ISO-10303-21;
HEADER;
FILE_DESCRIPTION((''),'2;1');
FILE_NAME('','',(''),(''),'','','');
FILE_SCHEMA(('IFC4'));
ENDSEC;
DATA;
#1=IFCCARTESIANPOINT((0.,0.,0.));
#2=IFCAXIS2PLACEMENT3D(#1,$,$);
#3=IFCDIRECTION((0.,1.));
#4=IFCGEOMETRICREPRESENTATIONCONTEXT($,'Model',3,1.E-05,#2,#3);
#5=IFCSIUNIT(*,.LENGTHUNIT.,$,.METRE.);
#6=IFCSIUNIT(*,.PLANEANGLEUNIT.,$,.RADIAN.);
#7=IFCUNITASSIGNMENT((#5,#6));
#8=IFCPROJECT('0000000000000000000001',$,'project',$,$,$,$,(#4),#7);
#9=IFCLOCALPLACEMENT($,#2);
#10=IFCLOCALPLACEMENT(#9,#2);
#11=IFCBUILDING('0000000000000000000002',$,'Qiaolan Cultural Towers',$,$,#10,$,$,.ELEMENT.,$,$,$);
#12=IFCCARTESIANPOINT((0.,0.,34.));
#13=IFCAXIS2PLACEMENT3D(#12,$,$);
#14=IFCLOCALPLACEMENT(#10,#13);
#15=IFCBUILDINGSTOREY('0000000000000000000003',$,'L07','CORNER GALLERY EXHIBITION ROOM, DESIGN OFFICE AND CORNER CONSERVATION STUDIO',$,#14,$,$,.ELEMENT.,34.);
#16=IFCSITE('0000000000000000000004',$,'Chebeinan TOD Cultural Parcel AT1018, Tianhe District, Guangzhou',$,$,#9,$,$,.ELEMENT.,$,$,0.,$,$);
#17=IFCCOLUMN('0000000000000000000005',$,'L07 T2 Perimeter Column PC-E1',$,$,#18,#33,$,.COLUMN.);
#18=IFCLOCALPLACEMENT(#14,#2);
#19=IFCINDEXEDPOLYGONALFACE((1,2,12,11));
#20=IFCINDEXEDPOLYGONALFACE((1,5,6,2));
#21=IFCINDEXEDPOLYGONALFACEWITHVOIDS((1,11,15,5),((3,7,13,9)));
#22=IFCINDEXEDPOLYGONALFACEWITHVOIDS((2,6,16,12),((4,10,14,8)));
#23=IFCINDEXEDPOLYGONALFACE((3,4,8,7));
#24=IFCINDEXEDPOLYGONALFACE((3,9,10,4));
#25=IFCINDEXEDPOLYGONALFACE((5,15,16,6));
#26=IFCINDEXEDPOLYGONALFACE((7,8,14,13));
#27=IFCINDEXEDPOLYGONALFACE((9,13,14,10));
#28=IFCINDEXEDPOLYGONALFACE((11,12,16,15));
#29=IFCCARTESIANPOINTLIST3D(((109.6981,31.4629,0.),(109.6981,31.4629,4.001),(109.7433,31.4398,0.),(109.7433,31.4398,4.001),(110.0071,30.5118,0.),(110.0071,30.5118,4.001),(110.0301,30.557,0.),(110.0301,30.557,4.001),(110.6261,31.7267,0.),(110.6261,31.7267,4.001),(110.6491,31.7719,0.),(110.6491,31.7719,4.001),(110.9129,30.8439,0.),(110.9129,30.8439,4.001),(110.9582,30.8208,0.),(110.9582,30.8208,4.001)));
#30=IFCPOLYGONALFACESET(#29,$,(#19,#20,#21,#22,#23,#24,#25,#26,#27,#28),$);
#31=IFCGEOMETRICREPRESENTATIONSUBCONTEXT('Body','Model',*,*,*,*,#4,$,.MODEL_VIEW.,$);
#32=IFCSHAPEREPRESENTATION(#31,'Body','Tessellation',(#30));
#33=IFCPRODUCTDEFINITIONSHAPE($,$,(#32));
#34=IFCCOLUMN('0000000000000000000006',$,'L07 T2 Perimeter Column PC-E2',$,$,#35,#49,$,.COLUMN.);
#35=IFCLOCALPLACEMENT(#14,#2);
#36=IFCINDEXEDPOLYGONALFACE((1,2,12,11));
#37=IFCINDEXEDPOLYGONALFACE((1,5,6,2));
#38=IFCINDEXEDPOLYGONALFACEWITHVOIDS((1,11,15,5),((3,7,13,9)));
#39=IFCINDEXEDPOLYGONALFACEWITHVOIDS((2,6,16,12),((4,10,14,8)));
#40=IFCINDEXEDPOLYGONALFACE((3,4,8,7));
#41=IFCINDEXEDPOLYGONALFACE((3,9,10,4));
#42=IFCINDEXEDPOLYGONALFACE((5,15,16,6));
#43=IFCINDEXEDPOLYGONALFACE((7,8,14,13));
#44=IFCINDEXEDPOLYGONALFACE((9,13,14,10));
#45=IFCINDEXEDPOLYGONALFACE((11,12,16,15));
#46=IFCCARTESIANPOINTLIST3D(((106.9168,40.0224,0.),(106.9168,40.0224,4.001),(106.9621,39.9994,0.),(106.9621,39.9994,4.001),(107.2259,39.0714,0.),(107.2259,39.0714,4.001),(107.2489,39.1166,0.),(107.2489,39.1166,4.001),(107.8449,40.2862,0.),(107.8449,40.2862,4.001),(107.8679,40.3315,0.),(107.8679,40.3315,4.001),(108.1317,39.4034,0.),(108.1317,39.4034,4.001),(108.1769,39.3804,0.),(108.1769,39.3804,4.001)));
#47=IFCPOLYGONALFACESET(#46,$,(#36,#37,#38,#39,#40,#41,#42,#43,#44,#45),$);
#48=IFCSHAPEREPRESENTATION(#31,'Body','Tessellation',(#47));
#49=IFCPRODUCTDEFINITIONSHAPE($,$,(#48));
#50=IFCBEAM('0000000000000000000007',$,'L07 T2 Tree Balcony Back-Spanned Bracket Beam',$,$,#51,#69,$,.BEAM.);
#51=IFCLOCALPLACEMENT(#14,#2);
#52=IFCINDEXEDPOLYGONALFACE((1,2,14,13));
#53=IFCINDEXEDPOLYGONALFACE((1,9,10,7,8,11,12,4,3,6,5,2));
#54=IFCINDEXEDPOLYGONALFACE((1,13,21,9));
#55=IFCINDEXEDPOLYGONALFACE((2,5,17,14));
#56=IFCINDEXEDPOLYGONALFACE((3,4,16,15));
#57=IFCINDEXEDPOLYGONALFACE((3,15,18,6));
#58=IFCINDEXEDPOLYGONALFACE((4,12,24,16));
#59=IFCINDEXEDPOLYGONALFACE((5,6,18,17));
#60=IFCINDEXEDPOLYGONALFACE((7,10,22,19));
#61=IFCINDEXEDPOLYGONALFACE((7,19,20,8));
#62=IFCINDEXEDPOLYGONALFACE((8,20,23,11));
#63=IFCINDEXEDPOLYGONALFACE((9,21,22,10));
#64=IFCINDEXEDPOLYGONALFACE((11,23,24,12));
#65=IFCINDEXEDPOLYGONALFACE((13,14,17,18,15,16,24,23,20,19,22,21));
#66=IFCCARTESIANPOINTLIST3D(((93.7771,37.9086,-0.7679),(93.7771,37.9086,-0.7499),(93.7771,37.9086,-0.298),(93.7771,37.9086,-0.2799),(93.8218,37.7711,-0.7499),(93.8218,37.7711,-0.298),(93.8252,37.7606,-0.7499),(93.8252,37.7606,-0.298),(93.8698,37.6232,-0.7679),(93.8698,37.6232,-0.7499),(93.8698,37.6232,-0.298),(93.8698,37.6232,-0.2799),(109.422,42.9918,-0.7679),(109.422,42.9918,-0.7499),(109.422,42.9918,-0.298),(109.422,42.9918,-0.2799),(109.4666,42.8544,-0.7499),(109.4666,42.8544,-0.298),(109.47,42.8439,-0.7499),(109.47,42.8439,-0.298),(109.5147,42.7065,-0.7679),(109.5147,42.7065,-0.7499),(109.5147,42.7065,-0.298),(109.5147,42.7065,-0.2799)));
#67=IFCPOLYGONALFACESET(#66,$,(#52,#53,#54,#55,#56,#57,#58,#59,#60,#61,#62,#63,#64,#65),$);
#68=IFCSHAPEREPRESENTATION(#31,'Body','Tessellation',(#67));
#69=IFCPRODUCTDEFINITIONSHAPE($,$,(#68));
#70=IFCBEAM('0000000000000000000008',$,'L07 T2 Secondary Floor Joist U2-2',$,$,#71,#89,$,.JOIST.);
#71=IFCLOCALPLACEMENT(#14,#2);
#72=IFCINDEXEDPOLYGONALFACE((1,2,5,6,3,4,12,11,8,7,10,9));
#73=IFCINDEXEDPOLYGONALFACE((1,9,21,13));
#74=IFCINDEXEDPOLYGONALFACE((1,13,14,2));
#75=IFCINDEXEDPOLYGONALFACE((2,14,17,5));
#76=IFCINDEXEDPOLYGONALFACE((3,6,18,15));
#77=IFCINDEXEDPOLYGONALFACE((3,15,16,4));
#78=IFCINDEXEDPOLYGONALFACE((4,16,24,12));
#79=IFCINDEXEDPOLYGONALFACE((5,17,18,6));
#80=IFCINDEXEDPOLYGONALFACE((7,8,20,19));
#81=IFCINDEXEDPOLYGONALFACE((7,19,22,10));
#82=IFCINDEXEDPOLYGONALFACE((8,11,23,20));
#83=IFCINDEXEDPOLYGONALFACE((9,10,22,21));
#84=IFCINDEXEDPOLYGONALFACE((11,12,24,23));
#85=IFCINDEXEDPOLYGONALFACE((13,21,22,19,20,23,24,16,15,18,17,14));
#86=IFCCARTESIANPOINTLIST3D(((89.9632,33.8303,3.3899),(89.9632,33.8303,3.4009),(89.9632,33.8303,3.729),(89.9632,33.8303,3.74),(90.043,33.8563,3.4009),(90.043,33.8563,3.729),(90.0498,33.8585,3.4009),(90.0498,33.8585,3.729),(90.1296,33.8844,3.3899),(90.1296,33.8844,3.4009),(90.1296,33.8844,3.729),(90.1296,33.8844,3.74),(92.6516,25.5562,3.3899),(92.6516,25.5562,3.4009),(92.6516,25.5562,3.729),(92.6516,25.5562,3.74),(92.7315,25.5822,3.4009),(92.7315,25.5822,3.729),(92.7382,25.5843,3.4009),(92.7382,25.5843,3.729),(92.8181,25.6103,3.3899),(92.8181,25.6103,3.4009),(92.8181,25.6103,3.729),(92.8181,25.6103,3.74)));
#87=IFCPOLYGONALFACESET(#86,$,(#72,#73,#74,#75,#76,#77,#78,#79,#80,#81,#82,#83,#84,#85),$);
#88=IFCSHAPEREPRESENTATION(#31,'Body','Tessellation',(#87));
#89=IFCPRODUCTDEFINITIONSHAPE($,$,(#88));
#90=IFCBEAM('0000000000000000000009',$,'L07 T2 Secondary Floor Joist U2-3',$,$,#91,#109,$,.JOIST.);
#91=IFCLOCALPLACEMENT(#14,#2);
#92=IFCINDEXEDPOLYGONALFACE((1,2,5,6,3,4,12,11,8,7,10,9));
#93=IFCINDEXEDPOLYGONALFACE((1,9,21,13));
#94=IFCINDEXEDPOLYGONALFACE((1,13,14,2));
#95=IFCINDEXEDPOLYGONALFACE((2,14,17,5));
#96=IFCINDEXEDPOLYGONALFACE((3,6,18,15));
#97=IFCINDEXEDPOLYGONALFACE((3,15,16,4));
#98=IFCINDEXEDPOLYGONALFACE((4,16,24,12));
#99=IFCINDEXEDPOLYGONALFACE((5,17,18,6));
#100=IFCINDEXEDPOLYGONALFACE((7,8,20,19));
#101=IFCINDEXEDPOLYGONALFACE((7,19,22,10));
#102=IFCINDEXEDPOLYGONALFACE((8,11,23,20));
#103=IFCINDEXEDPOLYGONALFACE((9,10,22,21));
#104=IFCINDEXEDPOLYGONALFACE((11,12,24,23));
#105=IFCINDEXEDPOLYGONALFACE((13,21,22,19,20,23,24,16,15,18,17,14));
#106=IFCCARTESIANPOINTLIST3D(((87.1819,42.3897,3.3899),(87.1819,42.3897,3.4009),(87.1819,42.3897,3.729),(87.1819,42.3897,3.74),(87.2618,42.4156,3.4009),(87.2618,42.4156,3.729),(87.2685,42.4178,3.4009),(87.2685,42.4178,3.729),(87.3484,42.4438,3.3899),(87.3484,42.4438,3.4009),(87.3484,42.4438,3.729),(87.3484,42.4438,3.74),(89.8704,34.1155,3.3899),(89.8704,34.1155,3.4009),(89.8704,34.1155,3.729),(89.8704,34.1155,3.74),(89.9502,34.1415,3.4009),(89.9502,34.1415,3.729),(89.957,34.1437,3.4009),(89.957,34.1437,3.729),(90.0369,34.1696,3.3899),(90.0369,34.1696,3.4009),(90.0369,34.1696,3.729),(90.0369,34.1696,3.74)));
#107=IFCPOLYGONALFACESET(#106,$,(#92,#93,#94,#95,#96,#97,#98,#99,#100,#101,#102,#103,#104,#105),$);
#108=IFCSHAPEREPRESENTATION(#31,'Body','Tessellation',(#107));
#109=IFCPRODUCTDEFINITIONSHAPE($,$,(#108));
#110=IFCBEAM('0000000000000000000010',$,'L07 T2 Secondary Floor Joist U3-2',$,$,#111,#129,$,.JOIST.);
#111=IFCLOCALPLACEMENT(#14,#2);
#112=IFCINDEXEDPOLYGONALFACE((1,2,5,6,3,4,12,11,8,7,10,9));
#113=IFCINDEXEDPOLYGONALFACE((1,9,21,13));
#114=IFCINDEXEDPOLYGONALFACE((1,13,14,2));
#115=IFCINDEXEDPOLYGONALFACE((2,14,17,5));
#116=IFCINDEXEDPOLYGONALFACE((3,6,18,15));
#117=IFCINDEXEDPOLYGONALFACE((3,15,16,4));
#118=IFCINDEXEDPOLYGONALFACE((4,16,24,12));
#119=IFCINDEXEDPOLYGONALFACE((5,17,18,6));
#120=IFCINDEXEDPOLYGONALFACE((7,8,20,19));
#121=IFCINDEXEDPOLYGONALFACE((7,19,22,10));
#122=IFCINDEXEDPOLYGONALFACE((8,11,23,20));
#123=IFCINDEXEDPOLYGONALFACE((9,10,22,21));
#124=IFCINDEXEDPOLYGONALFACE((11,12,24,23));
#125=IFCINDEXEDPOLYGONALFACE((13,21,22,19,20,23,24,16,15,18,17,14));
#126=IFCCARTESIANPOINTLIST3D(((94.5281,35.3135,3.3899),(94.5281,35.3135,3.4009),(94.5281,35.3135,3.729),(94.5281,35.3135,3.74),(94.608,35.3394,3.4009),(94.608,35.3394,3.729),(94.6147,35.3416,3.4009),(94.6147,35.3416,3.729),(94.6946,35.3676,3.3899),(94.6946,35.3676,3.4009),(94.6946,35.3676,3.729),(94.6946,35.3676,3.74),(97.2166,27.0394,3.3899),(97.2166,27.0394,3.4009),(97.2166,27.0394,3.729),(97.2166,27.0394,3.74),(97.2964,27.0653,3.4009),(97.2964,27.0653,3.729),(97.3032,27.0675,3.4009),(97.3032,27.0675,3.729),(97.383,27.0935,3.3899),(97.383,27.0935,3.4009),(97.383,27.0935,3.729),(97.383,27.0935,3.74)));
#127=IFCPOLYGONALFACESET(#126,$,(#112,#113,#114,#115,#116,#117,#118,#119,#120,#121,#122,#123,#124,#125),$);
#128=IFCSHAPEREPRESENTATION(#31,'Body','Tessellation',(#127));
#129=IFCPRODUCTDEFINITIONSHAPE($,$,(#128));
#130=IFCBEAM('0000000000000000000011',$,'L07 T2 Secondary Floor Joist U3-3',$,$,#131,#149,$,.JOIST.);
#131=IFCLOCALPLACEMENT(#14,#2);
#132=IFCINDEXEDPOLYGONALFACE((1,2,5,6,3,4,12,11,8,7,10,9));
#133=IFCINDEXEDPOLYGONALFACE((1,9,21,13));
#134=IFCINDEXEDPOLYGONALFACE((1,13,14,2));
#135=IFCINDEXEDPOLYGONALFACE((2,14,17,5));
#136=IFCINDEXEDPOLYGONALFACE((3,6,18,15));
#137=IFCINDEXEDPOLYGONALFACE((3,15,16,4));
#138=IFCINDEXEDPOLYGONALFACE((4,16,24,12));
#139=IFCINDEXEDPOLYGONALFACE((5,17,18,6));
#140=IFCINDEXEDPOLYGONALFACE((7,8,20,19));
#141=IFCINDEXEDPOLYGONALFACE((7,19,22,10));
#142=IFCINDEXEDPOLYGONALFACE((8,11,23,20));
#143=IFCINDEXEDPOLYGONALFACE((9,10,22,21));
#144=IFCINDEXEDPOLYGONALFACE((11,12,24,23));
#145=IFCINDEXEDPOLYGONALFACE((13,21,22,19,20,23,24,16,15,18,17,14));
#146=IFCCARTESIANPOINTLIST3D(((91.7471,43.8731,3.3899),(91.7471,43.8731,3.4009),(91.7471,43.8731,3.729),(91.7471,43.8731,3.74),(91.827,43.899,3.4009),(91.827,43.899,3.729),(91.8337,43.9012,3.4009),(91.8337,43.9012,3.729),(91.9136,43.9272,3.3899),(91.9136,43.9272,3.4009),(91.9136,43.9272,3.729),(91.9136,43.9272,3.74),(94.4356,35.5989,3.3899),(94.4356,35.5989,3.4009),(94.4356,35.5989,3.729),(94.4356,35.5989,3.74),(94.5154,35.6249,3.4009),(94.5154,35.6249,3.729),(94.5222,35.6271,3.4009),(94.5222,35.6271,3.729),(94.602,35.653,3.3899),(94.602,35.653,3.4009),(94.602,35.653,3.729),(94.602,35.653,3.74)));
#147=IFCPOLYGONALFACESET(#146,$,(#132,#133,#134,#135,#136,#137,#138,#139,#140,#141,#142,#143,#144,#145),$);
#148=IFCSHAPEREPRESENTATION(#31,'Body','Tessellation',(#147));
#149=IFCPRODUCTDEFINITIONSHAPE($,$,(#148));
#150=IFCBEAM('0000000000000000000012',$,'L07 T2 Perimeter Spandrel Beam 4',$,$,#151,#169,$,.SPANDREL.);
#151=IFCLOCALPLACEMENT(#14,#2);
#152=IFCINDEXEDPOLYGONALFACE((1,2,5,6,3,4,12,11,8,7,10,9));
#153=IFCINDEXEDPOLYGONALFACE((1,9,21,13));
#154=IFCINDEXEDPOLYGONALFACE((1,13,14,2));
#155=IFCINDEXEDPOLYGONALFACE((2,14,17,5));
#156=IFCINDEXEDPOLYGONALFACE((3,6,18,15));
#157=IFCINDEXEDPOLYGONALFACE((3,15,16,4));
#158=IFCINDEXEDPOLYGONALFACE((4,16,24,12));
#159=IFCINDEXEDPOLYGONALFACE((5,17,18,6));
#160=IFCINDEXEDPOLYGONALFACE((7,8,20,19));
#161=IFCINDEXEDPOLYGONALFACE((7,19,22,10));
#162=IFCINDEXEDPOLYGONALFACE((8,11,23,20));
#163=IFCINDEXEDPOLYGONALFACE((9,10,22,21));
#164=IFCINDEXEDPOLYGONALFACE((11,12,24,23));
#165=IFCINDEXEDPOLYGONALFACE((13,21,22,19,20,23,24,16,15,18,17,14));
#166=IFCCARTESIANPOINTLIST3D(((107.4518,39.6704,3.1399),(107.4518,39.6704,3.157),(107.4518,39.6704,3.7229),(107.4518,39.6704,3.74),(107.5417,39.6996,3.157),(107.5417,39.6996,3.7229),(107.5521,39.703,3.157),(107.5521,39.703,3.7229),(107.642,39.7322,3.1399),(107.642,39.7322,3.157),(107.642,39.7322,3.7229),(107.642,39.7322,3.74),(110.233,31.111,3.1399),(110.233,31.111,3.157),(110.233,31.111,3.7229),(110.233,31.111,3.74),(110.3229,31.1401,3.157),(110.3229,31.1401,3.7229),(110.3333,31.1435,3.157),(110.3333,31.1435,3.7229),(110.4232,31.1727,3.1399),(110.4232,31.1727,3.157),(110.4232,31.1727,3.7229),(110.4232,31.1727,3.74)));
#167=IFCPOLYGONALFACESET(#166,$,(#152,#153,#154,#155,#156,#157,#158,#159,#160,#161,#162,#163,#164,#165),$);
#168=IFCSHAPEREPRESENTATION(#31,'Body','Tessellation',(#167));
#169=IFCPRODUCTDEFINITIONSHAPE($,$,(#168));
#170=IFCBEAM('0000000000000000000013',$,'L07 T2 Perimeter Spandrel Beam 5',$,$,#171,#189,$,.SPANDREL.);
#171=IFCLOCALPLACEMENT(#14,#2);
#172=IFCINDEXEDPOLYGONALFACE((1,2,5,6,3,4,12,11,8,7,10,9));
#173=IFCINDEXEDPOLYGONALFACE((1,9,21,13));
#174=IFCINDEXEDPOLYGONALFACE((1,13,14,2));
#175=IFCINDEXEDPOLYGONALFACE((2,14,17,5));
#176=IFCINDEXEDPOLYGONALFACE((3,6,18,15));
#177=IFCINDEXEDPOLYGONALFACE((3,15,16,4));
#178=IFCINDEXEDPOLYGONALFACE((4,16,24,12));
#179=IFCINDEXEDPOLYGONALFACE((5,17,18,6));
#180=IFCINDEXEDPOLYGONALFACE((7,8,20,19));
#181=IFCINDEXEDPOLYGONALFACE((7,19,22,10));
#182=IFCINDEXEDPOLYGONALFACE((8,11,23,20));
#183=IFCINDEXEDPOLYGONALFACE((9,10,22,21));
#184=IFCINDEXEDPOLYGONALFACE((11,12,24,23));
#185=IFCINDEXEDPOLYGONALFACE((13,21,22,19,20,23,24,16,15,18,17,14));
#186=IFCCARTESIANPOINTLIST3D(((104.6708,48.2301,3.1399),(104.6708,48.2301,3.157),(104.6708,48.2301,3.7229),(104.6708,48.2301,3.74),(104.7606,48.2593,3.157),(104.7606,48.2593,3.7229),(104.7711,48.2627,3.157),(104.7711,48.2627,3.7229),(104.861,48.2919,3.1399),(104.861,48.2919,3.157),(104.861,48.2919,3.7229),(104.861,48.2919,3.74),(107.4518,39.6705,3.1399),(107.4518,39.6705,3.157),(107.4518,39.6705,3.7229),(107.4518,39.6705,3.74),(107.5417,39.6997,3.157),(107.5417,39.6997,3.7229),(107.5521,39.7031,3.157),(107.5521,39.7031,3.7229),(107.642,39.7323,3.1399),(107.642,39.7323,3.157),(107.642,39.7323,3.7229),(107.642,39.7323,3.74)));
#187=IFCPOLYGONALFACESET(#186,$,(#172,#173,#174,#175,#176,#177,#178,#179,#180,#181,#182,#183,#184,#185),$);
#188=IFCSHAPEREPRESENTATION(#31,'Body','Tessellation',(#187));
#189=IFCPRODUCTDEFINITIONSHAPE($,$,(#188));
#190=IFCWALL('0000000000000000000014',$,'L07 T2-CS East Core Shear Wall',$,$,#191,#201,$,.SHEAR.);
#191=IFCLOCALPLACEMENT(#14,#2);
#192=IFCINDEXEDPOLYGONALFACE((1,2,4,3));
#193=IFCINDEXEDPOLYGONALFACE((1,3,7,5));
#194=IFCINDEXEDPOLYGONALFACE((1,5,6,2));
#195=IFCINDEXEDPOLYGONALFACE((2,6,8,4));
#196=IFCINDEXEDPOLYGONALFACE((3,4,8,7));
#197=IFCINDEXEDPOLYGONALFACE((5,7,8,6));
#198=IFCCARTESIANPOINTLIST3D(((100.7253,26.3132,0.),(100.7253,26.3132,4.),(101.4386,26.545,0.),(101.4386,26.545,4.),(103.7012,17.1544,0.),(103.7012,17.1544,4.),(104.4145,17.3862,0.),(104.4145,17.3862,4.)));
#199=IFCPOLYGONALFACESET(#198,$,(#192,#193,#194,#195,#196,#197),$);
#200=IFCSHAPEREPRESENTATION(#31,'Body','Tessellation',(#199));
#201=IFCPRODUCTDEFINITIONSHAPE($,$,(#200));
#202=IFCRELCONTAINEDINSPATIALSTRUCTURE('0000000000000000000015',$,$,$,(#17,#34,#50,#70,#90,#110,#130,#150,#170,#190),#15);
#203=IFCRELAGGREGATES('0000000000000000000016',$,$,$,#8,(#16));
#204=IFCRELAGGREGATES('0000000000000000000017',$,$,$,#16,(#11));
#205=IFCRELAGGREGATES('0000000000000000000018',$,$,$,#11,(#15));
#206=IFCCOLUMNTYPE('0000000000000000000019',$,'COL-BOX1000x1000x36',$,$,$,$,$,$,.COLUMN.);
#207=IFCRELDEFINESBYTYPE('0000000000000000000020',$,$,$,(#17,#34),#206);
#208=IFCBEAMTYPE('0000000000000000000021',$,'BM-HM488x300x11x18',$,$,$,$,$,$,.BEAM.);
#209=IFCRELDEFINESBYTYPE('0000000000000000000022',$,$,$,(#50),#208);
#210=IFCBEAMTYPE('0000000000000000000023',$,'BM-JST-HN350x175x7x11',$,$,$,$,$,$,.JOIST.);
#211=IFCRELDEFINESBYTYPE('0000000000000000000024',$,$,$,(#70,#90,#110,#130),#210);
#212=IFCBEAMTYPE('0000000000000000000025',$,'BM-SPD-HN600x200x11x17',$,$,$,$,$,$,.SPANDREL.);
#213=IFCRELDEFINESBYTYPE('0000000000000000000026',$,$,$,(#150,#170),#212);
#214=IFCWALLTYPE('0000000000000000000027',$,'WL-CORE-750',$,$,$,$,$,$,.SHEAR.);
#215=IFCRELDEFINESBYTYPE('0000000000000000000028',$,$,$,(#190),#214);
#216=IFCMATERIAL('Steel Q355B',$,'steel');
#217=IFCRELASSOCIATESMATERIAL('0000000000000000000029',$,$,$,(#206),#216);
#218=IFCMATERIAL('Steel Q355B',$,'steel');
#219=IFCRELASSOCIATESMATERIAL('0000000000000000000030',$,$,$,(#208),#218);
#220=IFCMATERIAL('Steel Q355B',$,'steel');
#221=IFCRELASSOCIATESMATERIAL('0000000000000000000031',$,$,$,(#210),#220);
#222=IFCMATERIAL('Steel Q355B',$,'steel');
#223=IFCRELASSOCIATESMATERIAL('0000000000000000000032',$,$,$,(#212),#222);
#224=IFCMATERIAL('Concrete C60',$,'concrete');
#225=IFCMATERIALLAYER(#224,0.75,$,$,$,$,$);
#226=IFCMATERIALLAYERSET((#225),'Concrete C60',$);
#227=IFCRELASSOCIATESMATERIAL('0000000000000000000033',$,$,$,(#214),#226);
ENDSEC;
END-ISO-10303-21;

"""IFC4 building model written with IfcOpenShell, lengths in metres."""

from ifc_helpers import new_model, si_unit, direction, frame, frame_2d, origin, origin_2d, place, context, subcontext, project, spatial, rectangle, hollow_rectangle, i_section, extrude, material, layer, layer_set, material_profile, profile_set, type_object, element, save


model = new_model("IFC4")

# Units and contexts
model_context = context("Model", 3, precision=1e-05, world=origin(), true_north=direction((0.0, 1.0)))
body_context = subcontext(model_context, "Body", "Model", "MODEL_VIEW")
ifc_project = project(units=[si_unit("LENGTHUNIT", "METRE"), si_unit("PLANEANGLEUNIT", "RADIAN")], contexts=[model_context])

# Site, building, storey
site_placement = place(None, origin())
site = spatial("IfcSite", under=ifc_project, at=site_placement, Name="Chebeinan TOD Cultural Parcel AT1018, Tianhe District, Guangzhou", CompositionType="ELEMENT", RefElevation=0.0)
building_placement = place(site_placement, origin())
building = spatial("IfcBuilding", under=site, at=building_placement, Name="Qiaolan Cultural Towers", CompositionType="ELEMENT")
storey_placement = place(building_placement, frame((0.0, 0.0, 34.0)))
storey = spatial("IfcBuildingStorey", under=building, at=storey_placement, Name="L07", Description="CORNER GALLERY EXHIBITION ROOM, DESIGN OFFICE AND CORNER CONSERVATION STUDIO", CompositionType="ELEMENT", Elevation=34.0)

# Columns
ifc_material_1 = material(Name="Steel Q355B", Category="steel")
ifc_material_profile_1 = material_profile(ifc_material_1, hollow_rectangle(XDim=1.0, YDim=1.0, WallThickness=0.0359, at=origin_2d()), Name="BOX1000x1000x36")
ifc_profile_set_1 = profile_set([ifc_material_profile_1], Name="Steel Q355B")
column_type = type_object("IfcColumnType", Name="COL-BOX1000x1000x36", PredefinedType="COLUMN", material=ifc_profile_set_1)
for number, where, z_axis, x_axis, name in (
    (1, (110.3281, 31.1418, 0.0), (0.0, 0.0, 1.0), (0.951057, 0.309017, 0.0), "L07 T2 Perimeter Column PC-E1"),
    (2, (107.5469, 39.7014, 0.0), (0.0, 0.0, 1.0), (0.951057, 0.309017, 0.0), "L07 T2 Perimeter Column PC-E2"),
):
    element("IfcColumn", number, at=place(storey_placement, frame(where, z_axis=z_axis, x_axis=x_axis)), inside=storey, type_object=column_type, Name=name, PredefinedType="COLUMN", context=body_context, shape_type="SweptSolid", body=[
        extrude(hollow_rectangle(XDim=1.0, YDim=1.0, WallThickness=0.0359, at=origin_2d()), origin(), (0.0, 0.0, 1.0), 4.001),
    ])

# Beams
ifc_material_2 = material(Name="Steel Q355B", Category="steel")
ifc_material_profile_2 = material_profile(ifc_material_2, i_section(OverallWidth=0.3, OverallDepth=0.488, WebThickness=0.011, FlangeThickness=0.0181, at=origin_2d()), Name="HM488x300x11x18")
ifc_profile_set_2 = profile_set([ifc_material_profile_2], Name="Steel Q355B")
beam_type_1 = type_object("IfcBeamType", Name="BM-HM488x300x11x18", PredefinedType="BEAM", material=ifc_profile_set_2)
beam_placement = place(storey_placement, frame((93.8235, 37.7659, -0.5239), z_axis=(0.951057, 0.309015, 0.0), x_axis=(-0.309015, 0.951057, 0.0)))
element("IfcBeam", 3, at=beam_placement, inside=storey, type_object=beam_type_1, Name="L07 T2 Tree Balcony Back-Spanned Bracket Beam", PredefinedType="BEAM", context=body_context, shape_type="SweptSolid", body=[
    extrude(i_section(OverallWidth=0.3, OverallDepth=0.488, WebThickness=0.011, FlangeThickness=0.0181, at=origin_2d()), origin(), (0.0, 0.0, 1.0), 16.45),
])
ifc_material_3 = material(Name="Steel Q355B", Category="steel")
ifc_material_profile_3 = material_profile(ifc_material_3, i_section(OverallWidth=0.175, OverallDepth=0.3501, WebThickness=0.0071, FlangeThickness=0.011, at=origin_2d()), Name="HN350x175x7x11")
ifc_profile_set_3 = profile_set([ifc_material_profile_3], Name="Steel Q355B")
beam_type_2 = type_object("IfcBeamType", Name="BM-JST-HN350x175x7x11", PredefinedType="JOIST", material=ifc_profile_set_3)
for number, where, z_axis, x_axis, name in (
    (4, (92.7349, 25.5833, 3.5649), (-0.309021, 0.951055, 0.0), (-0.951055, -0.309021, 0.0), "L07 T2 Secondary Floor Joist U2-2"),
    (5, (89.9536, 34.1426, 3.5649), (-0.309021, 0.951055, 0.0), (-0.951055, -0.309021, 0.0), "L07 T2 Secondary Floor Joist U2-3"),
    (6, (97.2998, 27.0664, 3.5649), (-0.309021, 0.951055, 0.0), (-0.951055, -0.309021, 0.0), "L07 T2 Secondary Floor Joist U3-2"),
    (7, (94.5188, 35.626, 3.5649), (-0.309021, 0.951055, 0.0), (-0.951055, -0.309021, 0.0), "L07 T2 Secondary Floor Joist U3-3"),
):
    element("IfcBeam", number, at=place(storey_placement, frame(where, z_axis=z_axis, x_axis=x_axis)), inside=storey, type_object=beam_type_2, Name=name, PredefinedType="JOIST", context=body_context, shape_type="SweptSolid", body=[
        extrude(i_section(OverallWidth=0.175, OverallDepth=0.3501, WebThickness=0.0071, FlangeThickness=0.011, at=origin_2d()), origin(), (0.0, 0.0, 1.0), 8.7),
    ])
ifc_material_4 = material(Name="Steel Q355B", Category="steel")
ifc_material_profile_4 = material_profile(ifc_material_4, i_section(OverallWidth=0.2, OverallDepth=0.6001, WebThickness=0.011, FlangeThickness=0.0171, at=origin_2d()), Name="HN600x200x11x17")
ifc_profile_set_4 = profile_set([ifc_material_profile_4], Name="Steel Q355B")
beam_type_3 = type_object("IfcBeamType", Name="BM-SPD-HN600x200x11x17", PredefinedType="SPANDREL", material=ifc_profile_set_4)
for number, where, z_axis, x_axis, name in (
    (8, (110.3281, 31.1418, 3.4399), (-0.309025, 0.951054, 0.0), (-0.951054, -0.309025, 0.0), "L07 T2 Perimeter Spandrel Beam 4"),
    (9, (107.5469, 39.7014, 3.4399), (-0.309, 0.951062, 0.0), (-0.951062, -0.309, 0.0), "L07 T2 Perimeter Spandrel Beam 5"),
):
    element("IfcBeam", number, at=place(storey_placement, frame(where, z_axis=z_axis, x_axis=x_axis)), inside=storey, type_object=beam_type_3, Name=name, PredefinedType="SPANDREL", context=body_context, shape_type="SweptSolid", body=[
        extrude(i_section(OverallWidth=0.2, OverallDepth=0.6001, WebThickness=0.011, FlangeThickness=0.0171, at=origin_2d()), origin(), (0.0, 0.0, 1.0), 9.0),
    ])

# Wall
ifc_material_5 = material(Name="Concrete C60", Category="concrete")
ifc_layer_1 = layer(ifc_material_5, 0.75)
ifc_layer_set_1 = layer_set([ifc_layer_1], Name="Concrete C60")
wall_type_1 = type_object("IfcWallType", Name="WL-CORE-750", PredefinedType="SHEAR", material=ifc_layer_set_1)
wall_1_placement = place(storey_placement, frame((101.082, 26.429, 0.0), z_axis=(0.0, 0.0, 1.0), x_axis=(0.309016, -0.951057, 0.0)))
element("IfcWall", 10, at=wall_1_placement, inside=storey, type_object=wall_type_1, Name="L07 T2-CS East Core Shear Wall", PredefinedType="SHEAR", context=body_context, shape_type="SweptSolid", body=[
    extrude(rectangle(XDim=9.6301, YDim=0.75, at=frame_2d((4.8149, 0.0))), origin(), (0.0, 0.0, 1.0), 4.0),
])

save(model, "model.ifc")
